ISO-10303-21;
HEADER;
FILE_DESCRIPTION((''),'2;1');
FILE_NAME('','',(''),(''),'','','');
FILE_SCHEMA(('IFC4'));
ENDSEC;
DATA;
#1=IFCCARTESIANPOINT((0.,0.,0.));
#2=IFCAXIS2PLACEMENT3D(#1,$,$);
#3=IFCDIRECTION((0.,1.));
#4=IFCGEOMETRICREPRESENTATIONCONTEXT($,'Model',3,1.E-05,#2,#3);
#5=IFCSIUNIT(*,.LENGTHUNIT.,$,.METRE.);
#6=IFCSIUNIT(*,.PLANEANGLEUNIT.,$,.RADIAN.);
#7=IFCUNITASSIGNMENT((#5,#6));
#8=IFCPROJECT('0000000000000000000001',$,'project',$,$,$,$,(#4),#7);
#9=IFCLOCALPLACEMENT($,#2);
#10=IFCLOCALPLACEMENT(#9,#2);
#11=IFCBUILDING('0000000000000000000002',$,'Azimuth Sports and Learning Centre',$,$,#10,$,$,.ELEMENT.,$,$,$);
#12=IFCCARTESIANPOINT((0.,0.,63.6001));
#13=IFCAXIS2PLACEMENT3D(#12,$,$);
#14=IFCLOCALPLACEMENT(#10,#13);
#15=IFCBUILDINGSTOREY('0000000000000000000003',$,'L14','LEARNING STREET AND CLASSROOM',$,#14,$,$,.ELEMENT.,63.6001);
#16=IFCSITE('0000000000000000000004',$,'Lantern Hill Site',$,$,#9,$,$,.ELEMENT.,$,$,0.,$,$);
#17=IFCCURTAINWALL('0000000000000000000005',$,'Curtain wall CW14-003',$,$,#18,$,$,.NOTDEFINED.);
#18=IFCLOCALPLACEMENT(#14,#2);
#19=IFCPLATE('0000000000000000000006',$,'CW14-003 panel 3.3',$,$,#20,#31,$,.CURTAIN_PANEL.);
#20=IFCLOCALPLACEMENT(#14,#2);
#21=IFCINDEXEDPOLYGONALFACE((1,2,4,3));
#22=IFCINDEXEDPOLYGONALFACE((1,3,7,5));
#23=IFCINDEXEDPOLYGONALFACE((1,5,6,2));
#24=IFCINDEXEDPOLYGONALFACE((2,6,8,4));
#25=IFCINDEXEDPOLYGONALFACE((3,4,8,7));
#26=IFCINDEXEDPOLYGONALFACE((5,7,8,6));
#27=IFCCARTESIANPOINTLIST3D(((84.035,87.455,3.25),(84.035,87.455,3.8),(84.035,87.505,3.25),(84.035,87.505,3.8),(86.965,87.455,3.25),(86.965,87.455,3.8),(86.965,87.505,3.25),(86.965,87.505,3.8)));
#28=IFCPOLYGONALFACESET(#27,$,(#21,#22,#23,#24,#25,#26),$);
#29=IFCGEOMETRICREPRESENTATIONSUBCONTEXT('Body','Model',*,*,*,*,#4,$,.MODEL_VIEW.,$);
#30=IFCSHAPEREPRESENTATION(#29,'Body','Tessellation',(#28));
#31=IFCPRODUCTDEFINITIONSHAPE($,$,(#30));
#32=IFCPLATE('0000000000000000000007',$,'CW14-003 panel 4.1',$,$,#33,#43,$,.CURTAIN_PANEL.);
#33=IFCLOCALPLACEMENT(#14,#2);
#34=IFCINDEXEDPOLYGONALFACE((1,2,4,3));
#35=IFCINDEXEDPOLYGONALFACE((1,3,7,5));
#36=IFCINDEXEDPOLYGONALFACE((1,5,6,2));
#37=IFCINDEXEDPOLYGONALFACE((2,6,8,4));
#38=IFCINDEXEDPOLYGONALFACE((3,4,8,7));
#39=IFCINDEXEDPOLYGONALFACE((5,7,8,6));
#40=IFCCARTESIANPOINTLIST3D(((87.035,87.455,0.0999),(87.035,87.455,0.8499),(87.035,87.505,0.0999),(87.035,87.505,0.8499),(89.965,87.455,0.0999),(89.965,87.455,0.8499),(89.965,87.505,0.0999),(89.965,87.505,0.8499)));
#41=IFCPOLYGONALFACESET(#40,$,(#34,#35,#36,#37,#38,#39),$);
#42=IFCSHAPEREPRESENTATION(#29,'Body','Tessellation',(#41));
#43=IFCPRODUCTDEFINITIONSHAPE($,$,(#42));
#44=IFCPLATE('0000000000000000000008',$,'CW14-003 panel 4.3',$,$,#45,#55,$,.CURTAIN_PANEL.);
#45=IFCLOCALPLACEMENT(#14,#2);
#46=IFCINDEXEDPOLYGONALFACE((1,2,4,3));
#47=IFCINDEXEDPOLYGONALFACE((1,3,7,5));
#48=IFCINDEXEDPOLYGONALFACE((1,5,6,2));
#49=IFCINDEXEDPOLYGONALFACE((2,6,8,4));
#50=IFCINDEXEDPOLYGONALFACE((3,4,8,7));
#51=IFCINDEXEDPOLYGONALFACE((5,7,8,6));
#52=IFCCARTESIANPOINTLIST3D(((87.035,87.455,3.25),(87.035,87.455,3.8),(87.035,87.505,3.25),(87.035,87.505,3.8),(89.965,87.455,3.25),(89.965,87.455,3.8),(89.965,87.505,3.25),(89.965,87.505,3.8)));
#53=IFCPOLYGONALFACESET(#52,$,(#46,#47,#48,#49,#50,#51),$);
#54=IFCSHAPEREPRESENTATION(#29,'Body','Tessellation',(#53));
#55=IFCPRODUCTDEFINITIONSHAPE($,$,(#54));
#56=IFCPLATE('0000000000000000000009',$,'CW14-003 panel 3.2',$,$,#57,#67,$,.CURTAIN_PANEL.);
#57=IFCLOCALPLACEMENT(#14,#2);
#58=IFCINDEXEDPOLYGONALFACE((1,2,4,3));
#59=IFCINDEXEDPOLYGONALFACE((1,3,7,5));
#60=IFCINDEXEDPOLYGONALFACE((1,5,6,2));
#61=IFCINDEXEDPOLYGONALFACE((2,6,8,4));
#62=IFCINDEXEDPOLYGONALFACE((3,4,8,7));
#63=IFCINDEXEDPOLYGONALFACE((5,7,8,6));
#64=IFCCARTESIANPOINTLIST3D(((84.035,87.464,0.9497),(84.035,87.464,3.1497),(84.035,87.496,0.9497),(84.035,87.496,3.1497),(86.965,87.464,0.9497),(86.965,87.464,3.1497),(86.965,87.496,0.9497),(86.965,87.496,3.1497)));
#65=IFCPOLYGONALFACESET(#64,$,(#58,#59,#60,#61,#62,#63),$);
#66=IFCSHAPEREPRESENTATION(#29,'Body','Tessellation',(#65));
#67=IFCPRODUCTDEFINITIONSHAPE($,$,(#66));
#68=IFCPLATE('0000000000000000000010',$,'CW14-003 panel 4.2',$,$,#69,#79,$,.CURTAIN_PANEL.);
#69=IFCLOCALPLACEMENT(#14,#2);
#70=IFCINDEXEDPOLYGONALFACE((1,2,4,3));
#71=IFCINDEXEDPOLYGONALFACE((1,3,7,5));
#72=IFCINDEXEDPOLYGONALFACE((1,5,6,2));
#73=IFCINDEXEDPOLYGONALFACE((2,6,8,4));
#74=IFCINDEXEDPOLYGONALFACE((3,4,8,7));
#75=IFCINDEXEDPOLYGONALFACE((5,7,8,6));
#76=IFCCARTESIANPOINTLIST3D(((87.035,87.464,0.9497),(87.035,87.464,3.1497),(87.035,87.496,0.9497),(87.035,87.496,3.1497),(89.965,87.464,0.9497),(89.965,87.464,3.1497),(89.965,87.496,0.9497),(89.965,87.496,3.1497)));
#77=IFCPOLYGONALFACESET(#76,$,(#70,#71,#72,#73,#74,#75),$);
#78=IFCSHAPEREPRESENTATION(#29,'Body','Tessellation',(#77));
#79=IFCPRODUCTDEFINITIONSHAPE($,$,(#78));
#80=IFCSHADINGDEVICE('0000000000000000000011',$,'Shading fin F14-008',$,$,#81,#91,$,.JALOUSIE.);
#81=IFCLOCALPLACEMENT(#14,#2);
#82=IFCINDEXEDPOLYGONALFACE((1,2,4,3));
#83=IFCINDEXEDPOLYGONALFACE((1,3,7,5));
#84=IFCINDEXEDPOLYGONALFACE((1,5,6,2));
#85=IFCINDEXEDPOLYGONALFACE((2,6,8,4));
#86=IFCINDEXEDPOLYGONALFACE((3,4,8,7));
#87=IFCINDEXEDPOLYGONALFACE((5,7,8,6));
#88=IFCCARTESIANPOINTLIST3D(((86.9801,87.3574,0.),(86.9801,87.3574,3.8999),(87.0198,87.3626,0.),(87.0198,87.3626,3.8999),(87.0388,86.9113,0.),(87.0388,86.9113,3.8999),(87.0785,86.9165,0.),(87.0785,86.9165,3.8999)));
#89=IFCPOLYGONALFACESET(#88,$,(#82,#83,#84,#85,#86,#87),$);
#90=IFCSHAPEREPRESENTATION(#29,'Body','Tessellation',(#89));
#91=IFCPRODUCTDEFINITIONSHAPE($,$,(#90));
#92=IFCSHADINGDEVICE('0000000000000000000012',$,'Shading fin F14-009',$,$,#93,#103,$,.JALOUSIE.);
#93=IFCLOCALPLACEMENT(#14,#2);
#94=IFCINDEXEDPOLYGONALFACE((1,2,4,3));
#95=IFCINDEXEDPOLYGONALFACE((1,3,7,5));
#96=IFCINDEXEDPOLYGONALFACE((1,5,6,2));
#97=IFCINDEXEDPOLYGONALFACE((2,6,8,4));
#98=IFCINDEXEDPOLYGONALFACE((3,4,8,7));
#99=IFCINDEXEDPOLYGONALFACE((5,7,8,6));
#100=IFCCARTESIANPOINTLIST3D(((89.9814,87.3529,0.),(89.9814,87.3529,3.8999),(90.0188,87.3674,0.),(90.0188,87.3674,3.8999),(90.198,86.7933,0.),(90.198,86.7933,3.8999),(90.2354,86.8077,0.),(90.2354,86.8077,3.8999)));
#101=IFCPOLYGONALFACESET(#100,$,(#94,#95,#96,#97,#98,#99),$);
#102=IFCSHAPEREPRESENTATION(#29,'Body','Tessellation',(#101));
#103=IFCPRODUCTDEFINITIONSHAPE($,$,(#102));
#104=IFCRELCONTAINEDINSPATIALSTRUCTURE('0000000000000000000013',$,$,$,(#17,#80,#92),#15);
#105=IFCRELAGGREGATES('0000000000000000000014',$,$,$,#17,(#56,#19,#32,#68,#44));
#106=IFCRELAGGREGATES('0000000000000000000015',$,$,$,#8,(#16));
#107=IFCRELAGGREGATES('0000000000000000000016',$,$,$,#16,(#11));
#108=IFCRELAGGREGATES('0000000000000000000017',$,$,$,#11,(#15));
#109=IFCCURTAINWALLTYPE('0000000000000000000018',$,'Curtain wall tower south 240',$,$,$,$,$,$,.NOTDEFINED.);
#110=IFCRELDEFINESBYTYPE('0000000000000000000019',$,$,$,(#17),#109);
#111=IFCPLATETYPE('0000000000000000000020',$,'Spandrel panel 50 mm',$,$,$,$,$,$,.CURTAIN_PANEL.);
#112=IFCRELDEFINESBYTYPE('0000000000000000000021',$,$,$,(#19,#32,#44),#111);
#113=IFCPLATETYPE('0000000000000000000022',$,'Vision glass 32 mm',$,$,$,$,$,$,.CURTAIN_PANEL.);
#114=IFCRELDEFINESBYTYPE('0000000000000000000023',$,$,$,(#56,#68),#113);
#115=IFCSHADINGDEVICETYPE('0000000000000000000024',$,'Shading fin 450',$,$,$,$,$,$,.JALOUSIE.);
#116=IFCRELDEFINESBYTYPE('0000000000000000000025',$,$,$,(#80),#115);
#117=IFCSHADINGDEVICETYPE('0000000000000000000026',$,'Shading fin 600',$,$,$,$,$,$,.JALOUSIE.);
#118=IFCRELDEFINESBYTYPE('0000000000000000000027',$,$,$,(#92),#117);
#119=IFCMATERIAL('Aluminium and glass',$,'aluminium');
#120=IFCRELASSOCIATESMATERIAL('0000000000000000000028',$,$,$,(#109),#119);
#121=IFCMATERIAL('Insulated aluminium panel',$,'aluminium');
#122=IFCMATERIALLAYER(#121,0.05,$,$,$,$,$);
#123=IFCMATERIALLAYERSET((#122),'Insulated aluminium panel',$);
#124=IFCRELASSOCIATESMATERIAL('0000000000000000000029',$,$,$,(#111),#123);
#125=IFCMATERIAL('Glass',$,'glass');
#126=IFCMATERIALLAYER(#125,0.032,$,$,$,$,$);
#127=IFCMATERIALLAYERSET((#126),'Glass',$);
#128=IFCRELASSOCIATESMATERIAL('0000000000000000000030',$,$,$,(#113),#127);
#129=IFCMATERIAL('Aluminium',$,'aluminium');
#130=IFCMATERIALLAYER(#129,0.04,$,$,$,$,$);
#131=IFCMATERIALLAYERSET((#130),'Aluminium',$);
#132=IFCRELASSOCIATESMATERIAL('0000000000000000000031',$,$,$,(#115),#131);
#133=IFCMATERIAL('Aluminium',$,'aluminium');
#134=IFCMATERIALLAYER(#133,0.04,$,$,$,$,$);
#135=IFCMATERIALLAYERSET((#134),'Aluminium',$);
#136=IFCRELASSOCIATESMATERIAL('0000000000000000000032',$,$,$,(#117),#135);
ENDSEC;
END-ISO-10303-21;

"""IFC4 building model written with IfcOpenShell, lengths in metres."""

from ifc_helpers import new_model, si_unit, direction, frame, origin, origin_2d, place, context, subcontext, project, spatial, rectangle, extrude, material, layer, layer_set, type_object, element, aggregate, save


model = new_model("IFC4")

# Units and contexts
model_context = context("Model", 3, precision=1e-05, world=origin(), true_north=direction((0.0, 1.0)))
body_context = subcontext(model_context, "Body", "Model", "MODEL_VIEW")
ifc_project = project(units=[si_unit("LENGTHUNIT", "METRE"), si_unit("PLANEANGLEUNIT", "RADIAN")], contexts=[model_context])

# Site, building, storey
site_placement = place(None, origin())
site = spatial("IfcSite", under=ifc_project, at=site_placement, Name="Lantern Hill Site", CompositionType="ELEMENT", RefElevation=0.0)
building_placement = place(site_placement, origin())
building = spatial("IfcBuilding", under=site, at=building_placement, Name="Azimuth Sports and Learning Centre", CompositionType="ELEMENT")
storey_placement = place(building_placement, frame((0.0, 0.0, 63.6001)))
storey = spatial("IfcBuildingStorey", under=building, at=storey_placement, Name="L14", Description="LEARNING STREET AND CLASSROOM", CompositionType="ELEMENT", Elevation=63.6001)

# Curtain wall, plates
ifc_material_1 = material(Name="Aluminium and glass", Category="aluminium")
curtain_wall_type = type_object("IfcCurtainWallType", Name="Curtain wall tower south 240", PredefinedType="NOTDEFINED", material=ifc_material_1)
curtain_wall_placement = place(storey_placement, origin())
curtain_wall = element("IfcCurtainWall", 1, at=curtain_wall_placement, inside=storey, type_object=curtain_wall_type, Name="Curtain wall CW14-003", PredefinedType="NOTDEFINED")
ifc_material_2 = material(Name="Insulated aluminium panel", Category="aluminium")
ifc_layer_1 = layer(ifc_material_2, 0.05)
ifc_layer_set_1 = layer_set([ifc_layer_1], Name="Insulated aluminium panel")
plate_type_1 = type_object("IfcPlateType", Name="Spandrel panel 50 mm", PredefinedType="CURTAIN_PANEL", material=ifc_layer_set_1)
plate_1_placement = place(storey_placement, frame((85.5, 87.48, 3.25), z_axis=(0.0, 0.0, 1.0), x_axis=(1.0, 0.0, 0.0)))
plate_1 = element("IfcPlate", 2, at=plate_1_placement, type_object=plate_type_1, Name="CW14-003 panel 3.3", PredefinedType="CURTAIN_PANEL", context=body_context, shape_type="SweptSolid", body=[
    extrude(rectangle(XDim=2.9299, YDim=0.05, at=origin_2d()), origin(), (0.0, 0.0, 1.0), 0.55),
])
plate_2_placement = place(storey_placement, frame((88.5, 87.48, 0.0999), z_axis=(0.0, 0.0, 1.0), x_axis=(1.0, 0.0, 0.0)))
plate_2 = element("IfcPlate", 3, at=plate_2_placement, type_object=plate_type_1, Name="CW14-003 panel 4.1", PredefinedType="CURTAIN_PANEL", context=body_context, shape_type="SweptSolid", body=[
    extrude(rectangle(XDim=2.9299, YDim=0.05, at=origin_2d()), origin(), (0.0, 0.0, 1.0), 0.75),
])
plate_3_placement = place(storey_placement, frame((88.5, 87.48, 3.25), z_axis=(0.0, 0.0, 1.0), x_axis=(1.0, 0.0, 0.0)))
plate_3 = element("IfcPlate", 4, at=plate_3_placement, type_object=plate_type_1, Name="CW14-003 panel 4.3", PredefinedType="CURTAIN_PANEL", context=body_context, shape_type="SweptSolid", body=[
    extrude(rectangle(XDim=2.9299, YDim=0.05, at=origin_2d()), origin(), (0.0, 0.0, 1.0), 0.55),
])
ifc_material_3 = material(Name="Glass", Category="glass")
ifc_layer_2 = layer(ifc_material_3, 0.032)
ifc_layer_set_2 = layer_set([ifc_layer_2], Name="Glass")
plate_type_2 = type_object("IfcPlateType", Name="Vision glass 32 mm", PredefinedType="CURTAIN_PANEL", material=ifc_layer_set_2)
plate_4_placement = place(storey_placement, frame((85.5, 87.48, 0.9497), z_axis=(0.0, 0.0, 1.0), x_axis=(1.0, 0.0, 0.0)))
plate_4 = element("IfcPlate", 5, at=plate_4_placement, type_object=plate_type_2, Name="CW14-003 panel 3.2", PredefinedType="CURTAIN_PANEL", context=body_context, shape_type="SweptSolid", body=[
    extrude(rectangle(XDim=2.9299, YDim=0.032, at=origin_2d()), origin(), (0.0, 0.0, 1.0), 2.2),
])
plate_5_placement = place(storey_placement, frame((88.5, 87.48, 0.9497), z_axis=(0.0, 0.0, 1.0), x_axis=(1.0, 0.0, 0.0)))
plate_5 = element("IfcPlate", 6, at=plate_5_placement, type_object=plate_type_2, Name="CW14-003 panel 4.2", PredefinedType="CURTAIN_PANEL", context=body_context, shape_type="SweptSolid", body=[
    extrude(rectangle(XDim=2.9299, YDim=0.032, at=origin_2d()), origin(), (0.0, 0.0, 1.0), 2.2),
])
aggregate(curtain_wall, [plate_4, plate_1, plate_2, plate_5, plate_3])

# Shading devices
ifc_material_4 = material(Name="Aluminium", Category="aluminium")
ifc_layer_3 = layer(ifc_material_4, 0.04)
ifc_layer_set_3 = layer_set([ifc_layer_3], Name="Aluminium")
shading_device_type_1 = type_object("IfcShadingDeviceType", Name="Shading fin 450", PredefinedType="JALOUSIE", material=ifc_layer_set_3)
shading_device_1_placement = place(storey_placement, frame((87.0293, 87.137, 0.0), z_axis=(0.0, 0.0, 1.0), x_axis=(0.130264, -0.991479, 0.0)))
element("IfcShadingDevice", 7, at=shading_device_1_placement, inside=storey, type_object=shading_device_type_1, Name="Shading fin F14-008", PredefinedType="JALOUSIE", context=body_context, shape_type="SweptSolid", body=[
    extrude(rectangle(XDim=0.45, YDim=0.04, at=origin_2d()), origin(), (0.0, 0.0, 1.0), 3.8999),
])
ifc_material_5 = material(Name="Aluminium", Category="aluminium")
ifc_layer_4 = layer(ifc_material_5, 0.04)
ifc_layer_set_4 = layer_set([ifc_layer_4], Name="Aluminium")
shading_device_type_2 = type_object("IfcShadingDeviceType", Name="Shading fin 600", PredefinedType="JALOUSIE", material=ifc_layer_set_4)
shading_device_2_placement = place(storey_placement, frame((90.1084, 87.0803, 0.0), z_axis=(0.0, 0.0, 1.0), x_axis=(0.360978, -0.932574, 0.0)))
element("IfcShadingDevice", 8, at=shading_device_2_placement, inside=storey, type_object=shading_device_type_2, Name="Shading fin F14-009", PredefinedType="JALOUSIE", context=body_context, shape_type="SweptSolid", body=[
    extrude(rectangle(XDim=0.6001, YDim=0.04, at=origin_2d()), origin(), (0.0, 0.0, 1.0), 3.8999),
])

save(model, "model.ifc")
